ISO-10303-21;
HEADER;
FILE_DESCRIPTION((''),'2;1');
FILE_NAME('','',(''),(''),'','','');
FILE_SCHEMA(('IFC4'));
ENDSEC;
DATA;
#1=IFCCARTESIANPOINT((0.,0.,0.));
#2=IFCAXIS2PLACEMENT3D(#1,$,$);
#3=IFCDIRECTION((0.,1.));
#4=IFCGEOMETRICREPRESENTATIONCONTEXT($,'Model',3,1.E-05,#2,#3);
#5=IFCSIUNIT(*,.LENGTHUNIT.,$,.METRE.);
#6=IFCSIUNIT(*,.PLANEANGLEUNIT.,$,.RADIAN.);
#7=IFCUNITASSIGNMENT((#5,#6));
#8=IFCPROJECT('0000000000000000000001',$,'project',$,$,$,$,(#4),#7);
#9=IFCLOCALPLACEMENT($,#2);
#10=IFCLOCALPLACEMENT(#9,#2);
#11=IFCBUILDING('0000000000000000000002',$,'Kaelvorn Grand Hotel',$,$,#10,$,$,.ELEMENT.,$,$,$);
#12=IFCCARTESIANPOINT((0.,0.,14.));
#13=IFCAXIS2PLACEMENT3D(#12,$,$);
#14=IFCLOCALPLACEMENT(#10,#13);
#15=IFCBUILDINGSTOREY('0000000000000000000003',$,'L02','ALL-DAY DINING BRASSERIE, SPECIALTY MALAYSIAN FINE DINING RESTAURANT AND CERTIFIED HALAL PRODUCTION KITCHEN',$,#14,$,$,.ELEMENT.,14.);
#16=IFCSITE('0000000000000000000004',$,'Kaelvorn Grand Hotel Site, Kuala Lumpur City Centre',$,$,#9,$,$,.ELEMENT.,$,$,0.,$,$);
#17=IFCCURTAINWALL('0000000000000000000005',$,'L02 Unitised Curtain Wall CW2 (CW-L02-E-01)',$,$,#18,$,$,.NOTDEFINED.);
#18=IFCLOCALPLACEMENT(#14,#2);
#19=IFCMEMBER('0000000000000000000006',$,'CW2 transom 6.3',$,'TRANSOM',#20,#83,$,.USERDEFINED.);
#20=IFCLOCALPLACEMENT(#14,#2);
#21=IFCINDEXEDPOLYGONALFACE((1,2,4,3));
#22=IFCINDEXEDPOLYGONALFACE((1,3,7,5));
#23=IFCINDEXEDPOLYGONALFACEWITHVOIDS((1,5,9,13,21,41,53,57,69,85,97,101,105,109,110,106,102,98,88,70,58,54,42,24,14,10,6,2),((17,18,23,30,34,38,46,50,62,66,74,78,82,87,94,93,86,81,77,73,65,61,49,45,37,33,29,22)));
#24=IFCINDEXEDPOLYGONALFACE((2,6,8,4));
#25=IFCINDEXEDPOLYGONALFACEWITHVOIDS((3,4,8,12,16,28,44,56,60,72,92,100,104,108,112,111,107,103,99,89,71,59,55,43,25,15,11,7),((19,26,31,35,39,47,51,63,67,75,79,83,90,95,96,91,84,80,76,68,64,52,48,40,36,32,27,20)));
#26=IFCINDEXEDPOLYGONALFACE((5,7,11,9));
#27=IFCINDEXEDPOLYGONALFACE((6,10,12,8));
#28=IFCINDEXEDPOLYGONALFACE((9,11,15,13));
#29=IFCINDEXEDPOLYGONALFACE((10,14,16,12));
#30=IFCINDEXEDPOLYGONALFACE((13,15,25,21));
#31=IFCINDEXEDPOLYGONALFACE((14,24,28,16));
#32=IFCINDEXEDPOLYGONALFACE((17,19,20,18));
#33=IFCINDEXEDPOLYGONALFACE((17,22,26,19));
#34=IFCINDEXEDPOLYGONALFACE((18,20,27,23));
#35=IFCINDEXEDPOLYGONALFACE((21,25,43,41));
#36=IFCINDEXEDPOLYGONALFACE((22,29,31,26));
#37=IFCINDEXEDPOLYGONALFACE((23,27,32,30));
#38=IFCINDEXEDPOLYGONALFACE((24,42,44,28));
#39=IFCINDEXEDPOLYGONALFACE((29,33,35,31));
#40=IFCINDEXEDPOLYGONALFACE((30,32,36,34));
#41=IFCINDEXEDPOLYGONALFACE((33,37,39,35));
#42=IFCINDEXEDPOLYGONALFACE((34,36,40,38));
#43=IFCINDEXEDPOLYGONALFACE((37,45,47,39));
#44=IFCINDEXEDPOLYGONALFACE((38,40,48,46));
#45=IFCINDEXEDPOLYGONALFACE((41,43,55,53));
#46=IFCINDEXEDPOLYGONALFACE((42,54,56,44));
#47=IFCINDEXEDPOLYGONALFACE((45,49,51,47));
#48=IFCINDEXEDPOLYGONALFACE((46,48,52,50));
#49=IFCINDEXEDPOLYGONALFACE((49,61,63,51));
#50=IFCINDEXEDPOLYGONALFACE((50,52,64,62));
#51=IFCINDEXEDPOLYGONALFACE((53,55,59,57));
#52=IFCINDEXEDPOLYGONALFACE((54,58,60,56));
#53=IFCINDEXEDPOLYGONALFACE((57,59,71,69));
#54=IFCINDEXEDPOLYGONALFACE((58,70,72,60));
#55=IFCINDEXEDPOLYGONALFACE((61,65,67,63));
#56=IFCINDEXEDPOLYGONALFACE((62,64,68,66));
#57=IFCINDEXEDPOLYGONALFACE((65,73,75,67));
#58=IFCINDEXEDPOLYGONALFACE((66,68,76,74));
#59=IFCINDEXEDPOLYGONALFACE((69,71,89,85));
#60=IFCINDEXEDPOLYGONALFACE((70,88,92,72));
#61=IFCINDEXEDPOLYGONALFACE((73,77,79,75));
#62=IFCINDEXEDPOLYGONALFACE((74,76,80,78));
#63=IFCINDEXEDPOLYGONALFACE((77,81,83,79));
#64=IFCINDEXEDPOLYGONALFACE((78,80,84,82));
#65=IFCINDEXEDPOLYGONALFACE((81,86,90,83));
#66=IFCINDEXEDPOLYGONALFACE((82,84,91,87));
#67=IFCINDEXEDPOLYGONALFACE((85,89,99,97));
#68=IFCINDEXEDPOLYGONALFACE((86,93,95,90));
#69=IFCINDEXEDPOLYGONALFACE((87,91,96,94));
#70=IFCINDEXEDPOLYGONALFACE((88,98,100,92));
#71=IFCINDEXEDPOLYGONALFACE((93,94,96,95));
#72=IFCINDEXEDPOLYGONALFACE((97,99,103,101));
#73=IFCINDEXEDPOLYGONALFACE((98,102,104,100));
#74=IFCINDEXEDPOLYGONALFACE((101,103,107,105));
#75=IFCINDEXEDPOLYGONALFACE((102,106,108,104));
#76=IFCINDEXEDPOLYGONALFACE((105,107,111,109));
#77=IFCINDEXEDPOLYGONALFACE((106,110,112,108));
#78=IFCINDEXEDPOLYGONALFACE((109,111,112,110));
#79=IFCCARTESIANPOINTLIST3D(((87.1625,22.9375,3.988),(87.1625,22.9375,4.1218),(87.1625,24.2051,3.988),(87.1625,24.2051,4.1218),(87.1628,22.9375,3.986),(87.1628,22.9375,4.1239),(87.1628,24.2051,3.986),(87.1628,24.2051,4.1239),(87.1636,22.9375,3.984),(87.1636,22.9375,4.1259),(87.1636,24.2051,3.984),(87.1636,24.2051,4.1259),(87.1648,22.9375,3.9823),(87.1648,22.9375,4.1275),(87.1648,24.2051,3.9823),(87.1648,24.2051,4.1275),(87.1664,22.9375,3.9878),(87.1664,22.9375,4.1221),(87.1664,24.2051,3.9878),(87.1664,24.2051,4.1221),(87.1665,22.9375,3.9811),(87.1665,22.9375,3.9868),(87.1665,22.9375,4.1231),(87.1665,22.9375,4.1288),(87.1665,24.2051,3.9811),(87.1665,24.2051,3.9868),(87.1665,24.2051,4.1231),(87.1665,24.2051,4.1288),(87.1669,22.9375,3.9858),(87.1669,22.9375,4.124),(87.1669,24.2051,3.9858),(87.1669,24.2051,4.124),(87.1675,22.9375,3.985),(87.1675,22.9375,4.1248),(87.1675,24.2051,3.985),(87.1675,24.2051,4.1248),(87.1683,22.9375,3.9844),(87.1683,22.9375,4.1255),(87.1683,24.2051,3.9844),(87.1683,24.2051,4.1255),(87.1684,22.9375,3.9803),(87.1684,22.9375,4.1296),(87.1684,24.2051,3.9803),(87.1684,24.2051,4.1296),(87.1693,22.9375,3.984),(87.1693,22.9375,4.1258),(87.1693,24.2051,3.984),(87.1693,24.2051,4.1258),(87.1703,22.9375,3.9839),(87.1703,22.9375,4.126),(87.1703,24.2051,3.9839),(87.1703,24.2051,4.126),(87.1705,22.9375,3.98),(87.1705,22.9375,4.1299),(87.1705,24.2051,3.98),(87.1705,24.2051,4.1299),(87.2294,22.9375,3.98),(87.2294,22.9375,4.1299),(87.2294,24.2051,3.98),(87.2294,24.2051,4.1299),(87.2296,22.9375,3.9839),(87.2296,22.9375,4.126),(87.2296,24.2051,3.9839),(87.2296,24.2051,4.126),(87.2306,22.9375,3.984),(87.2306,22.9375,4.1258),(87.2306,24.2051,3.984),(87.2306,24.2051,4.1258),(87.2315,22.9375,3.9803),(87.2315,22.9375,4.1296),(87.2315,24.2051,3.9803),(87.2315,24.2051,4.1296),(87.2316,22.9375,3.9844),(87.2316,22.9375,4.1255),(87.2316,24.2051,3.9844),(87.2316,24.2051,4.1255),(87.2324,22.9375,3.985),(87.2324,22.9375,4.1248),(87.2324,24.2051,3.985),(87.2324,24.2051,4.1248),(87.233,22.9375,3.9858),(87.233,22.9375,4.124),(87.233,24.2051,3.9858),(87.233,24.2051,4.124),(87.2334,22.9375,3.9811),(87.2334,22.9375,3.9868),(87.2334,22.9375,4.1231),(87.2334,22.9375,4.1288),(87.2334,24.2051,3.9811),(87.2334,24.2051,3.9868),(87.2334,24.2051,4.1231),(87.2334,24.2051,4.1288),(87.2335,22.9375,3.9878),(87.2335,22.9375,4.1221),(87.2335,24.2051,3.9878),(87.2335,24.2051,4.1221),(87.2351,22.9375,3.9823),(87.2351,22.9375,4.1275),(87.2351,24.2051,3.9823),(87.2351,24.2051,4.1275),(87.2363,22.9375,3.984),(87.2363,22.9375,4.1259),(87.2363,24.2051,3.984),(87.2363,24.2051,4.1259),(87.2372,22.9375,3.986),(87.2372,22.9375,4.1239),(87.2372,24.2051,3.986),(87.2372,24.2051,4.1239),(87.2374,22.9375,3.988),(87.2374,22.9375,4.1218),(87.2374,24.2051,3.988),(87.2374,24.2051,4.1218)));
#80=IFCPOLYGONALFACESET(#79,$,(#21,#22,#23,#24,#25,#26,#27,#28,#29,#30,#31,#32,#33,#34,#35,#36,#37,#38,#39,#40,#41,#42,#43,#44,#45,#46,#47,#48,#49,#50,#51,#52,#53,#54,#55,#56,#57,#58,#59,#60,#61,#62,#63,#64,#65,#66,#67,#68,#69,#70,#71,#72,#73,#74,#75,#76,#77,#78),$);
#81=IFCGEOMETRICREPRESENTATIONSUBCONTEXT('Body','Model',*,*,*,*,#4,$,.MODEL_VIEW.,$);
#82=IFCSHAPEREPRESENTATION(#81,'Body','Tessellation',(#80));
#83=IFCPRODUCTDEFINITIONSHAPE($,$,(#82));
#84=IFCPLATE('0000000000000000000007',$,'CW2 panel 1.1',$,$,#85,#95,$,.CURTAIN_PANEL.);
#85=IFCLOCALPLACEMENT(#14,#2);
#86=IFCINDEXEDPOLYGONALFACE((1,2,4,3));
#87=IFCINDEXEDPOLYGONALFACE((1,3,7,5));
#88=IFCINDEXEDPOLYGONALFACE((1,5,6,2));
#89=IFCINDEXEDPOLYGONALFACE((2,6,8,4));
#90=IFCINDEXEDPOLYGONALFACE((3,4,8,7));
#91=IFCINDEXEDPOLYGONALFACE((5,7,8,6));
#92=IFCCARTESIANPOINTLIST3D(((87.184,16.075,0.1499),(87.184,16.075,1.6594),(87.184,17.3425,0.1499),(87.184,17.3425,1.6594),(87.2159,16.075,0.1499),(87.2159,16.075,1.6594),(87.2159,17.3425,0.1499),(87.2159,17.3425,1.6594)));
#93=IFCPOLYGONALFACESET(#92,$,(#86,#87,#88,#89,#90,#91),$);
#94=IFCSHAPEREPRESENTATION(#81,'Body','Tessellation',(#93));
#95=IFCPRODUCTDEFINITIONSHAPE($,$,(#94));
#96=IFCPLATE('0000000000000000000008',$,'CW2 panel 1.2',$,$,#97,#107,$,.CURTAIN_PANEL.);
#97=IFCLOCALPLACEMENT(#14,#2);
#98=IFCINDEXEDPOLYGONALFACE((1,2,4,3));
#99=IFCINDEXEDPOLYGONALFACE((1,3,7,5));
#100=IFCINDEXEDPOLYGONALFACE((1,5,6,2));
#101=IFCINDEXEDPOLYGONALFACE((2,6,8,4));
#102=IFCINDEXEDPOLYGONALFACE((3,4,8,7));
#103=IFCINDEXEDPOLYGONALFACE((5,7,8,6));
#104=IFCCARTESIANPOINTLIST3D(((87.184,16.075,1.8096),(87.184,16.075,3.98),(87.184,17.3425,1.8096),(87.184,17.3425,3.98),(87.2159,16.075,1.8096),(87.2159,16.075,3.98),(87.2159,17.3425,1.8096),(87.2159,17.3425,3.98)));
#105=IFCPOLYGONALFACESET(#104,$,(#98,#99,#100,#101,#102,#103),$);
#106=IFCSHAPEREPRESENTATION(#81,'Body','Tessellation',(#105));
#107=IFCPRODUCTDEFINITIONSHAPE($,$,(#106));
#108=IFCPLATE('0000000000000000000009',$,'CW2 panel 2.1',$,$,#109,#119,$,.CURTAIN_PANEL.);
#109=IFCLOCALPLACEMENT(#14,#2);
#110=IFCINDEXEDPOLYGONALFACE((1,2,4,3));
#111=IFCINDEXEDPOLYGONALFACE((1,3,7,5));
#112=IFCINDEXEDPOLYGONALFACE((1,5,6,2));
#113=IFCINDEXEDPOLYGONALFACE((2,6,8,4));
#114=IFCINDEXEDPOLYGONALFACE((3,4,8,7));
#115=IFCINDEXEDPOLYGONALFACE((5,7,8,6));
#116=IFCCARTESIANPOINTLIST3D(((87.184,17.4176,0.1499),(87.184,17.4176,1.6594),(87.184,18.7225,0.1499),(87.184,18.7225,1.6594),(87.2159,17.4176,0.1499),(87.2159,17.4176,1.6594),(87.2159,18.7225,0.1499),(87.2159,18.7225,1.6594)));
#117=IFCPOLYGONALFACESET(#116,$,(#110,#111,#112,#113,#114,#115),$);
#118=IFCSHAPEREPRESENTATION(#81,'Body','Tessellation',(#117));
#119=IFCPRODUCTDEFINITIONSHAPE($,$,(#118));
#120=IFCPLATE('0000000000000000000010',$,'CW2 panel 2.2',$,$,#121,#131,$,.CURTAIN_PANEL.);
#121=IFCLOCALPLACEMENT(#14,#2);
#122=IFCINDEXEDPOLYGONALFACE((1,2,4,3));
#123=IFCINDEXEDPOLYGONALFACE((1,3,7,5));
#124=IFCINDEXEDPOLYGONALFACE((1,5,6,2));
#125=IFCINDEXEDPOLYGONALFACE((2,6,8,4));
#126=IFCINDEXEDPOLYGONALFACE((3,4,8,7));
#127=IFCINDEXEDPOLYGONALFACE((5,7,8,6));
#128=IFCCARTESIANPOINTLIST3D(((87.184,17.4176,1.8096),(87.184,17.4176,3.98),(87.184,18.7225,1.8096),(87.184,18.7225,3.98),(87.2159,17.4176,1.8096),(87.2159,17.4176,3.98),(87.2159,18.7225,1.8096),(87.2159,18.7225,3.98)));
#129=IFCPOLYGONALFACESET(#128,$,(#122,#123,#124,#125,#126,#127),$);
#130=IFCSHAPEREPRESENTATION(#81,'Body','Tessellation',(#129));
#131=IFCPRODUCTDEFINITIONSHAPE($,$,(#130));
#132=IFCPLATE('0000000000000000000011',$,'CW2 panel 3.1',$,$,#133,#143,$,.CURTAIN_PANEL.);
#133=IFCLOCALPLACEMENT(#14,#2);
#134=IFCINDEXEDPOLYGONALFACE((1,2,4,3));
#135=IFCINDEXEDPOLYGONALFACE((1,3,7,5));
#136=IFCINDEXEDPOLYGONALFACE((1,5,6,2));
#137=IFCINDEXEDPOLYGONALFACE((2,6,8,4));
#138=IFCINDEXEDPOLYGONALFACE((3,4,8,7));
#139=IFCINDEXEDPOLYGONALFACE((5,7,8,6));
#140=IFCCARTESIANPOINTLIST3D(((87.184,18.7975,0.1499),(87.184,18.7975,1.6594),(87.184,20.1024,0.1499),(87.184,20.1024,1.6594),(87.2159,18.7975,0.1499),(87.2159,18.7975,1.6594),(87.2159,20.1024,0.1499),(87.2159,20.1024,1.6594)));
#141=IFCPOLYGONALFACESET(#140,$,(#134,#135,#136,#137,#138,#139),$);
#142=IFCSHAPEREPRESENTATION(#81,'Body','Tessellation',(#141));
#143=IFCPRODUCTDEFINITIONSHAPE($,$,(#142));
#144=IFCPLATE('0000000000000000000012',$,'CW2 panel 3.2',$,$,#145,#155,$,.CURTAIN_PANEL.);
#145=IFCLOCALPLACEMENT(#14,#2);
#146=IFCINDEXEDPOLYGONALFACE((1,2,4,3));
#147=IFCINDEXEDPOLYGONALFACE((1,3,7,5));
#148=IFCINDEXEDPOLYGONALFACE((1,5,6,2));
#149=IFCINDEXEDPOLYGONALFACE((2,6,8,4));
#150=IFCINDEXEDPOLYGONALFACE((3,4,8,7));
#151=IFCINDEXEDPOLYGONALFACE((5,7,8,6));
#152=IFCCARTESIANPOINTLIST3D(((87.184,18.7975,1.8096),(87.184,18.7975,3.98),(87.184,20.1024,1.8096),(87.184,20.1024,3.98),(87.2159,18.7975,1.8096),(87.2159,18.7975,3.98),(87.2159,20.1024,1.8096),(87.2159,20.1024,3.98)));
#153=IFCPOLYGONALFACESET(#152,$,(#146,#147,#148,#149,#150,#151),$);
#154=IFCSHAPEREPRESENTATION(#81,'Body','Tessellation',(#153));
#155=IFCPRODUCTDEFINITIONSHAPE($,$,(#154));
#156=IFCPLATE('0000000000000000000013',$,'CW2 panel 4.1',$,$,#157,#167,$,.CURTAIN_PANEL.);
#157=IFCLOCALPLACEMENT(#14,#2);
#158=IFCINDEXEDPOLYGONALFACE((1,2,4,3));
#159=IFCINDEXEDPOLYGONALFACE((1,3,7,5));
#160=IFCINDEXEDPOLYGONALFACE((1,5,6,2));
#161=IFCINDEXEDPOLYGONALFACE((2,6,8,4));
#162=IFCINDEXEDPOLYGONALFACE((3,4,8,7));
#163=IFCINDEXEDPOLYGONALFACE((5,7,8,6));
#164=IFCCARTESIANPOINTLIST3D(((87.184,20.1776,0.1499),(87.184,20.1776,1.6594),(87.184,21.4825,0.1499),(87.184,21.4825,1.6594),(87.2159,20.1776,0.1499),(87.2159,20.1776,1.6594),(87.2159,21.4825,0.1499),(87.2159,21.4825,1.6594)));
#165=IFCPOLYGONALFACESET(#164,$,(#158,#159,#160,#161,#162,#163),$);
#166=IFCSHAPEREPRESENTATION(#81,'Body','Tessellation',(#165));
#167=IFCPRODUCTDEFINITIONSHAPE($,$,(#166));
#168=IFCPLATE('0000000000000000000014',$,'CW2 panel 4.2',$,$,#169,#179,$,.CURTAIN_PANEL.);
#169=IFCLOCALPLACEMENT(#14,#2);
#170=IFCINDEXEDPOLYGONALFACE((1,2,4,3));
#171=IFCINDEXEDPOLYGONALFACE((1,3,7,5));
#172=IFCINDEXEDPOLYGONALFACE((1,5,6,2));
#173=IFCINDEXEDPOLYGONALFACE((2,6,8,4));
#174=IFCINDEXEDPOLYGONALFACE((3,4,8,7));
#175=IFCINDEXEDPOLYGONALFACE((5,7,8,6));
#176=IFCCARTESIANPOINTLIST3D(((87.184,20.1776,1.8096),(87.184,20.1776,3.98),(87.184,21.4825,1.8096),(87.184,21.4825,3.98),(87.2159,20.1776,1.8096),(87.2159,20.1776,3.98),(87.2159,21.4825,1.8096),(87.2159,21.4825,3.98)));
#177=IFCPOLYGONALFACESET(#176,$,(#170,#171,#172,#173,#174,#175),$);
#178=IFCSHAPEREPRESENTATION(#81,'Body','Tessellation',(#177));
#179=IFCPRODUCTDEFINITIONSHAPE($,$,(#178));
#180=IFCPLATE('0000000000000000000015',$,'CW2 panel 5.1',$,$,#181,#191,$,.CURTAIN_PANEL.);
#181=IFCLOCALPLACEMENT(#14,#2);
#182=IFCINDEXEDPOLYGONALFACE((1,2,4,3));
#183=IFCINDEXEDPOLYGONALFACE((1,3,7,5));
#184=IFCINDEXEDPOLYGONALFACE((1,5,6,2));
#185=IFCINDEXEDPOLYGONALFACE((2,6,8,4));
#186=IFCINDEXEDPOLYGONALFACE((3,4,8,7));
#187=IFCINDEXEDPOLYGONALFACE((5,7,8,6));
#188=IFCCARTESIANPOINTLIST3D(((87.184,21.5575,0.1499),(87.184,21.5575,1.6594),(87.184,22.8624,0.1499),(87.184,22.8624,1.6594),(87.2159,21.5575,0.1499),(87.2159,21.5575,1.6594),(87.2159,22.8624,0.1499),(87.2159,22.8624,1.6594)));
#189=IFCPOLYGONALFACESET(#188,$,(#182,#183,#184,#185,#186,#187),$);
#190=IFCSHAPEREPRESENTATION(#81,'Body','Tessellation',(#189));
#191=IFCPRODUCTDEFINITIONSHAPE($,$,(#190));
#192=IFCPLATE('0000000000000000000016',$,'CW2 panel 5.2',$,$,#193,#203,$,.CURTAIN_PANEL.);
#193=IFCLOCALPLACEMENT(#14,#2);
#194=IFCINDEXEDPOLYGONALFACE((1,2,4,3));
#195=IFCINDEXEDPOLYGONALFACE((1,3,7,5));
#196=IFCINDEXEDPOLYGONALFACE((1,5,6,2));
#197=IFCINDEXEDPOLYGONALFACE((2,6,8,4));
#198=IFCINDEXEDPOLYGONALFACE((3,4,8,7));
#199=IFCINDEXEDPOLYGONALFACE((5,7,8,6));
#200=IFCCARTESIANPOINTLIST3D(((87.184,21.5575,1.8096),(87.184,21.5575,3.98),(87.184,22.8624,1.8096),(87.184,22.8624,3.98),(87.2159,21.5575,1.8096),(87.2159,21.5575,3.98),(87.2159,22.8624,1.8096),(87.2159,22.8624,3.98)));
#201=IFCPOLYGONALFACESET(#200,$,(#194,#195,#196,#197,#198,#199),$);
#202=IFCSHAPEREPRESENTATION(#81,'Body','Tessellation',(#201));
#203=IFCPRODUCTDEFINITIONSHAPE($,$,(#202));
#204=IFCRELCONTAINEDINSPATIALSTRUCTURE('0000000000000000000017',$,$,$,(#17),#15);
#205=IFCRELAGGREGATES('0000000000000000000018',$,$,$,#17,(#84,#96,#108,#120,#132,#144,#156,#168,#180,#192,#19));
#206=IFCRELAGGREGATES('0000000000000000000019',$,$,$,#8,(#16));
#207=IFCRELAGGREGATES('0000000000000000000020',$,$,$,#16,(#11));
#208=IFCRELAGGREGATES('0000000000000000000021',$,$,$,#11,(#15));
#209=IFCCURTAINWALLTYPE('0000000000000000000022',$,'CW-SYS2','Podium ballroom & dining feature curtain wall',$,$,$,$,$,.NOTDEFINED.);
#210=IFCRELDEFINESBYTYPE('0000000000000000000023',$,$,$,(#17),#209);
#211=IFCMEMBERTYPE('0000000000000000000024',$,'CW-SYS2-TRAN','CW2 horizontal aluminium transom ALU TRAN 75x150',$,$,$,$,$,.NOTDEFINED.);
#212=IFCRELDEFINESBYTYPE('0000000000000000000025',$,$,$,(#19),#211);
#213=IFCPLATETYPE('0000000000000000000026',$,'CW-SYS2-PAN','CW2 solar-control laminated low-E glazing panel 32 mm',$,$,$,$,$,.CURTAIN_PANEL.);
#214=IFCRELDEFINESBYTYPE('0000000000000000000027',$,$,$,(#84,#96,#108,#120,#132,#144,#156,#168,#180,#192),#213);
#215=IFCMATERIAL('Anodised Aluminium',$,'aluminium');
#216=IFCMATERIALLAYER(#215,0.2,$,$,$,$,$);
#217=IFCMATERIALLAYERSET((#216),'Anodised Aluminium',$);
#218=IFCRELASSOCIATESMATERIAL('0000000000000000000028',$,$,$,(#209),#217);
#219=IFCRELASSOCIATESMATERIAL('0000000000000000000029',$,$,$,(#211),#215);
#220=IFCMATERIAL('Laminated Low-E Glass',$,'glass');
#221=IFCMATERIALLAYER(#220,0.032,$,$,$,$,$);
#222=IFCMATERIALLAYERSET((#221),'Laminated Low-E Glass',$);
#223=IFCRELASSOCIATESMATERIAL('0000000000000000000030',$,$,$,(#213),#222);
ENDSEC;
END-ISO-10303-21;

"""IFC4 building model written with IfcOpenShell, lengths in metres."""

from ifc_helpers import new_model, si_unit, direction, frame, origin, origin_2d, place, context, subcontext, project, spatial, rectangle, hollow_rectangle, extrude, material, layer, layer_set, material_profile, profile_set, type_object, element, aggregate, save


model = new_model("IFC4")

# Units and contexts
model_context = context("Model", 3, precision=1e-05, world=origin(), true_north=direction((0.0, 1.0)))
body_context = subcontext(model_context, "Body", "Model", "MODEL_VIEW")
ifc_project = project(units=[si_unit("LENGTHUNIT", "METRE"), si_unit("PLANEANGLEUNIT", "RADIAN")], contexts=[model_context])

# Site, building, storey
site_placement = place(None, origin())
site = spatial("IfcSite", under=ifc_project, at=site_placement, Name="Kaelvorn Grand Hotel Site, Kuala Lumpur City Centre", CompositionType="ELEMENT", RefElevation=0.0)
building_placement = place(site_placement, origin())
building = spatial("IfcBuilding", under=site, at=building_placement, Name="Kaelvorn Grand Hotel", CompositionType="ELEMENT")
storey_placement = place(building_placement, frame((0.0, 0.0, 14.0)))
storey = spatial("IfcBuildingStorey", under=building, at=storey_placement, Name="L02", Description="ALL-DAY DINING BRASSERIE, SPECIALTY MALAYSIAN FINE DINING RESTAURANT AND CERTIFIED HALAL PRODUCTION KITCHEN", CompositionType="ELEMENT", Elevation=14.0)

# Curtain wall, member, plates
ifc_material_1 = material(Name="Anodised Aluminium", Category="aluminium")
ifc_layer_1 = layer(ifc_material_1, 0.2)
ifc_layer_set_1 = layer_set([ifc_layer_1], Name="Anodised Aluminium")
curtain_wall_type = type_object("IfcCurtainWallType", Name="CW-SYS2", Description="Podium ballroom & dining feature curtain wall", PredefinedType="NOTDEFINED", material=ifc_layer_set_1)
curtain_wall_placement = place(storey_placement, origin())
curtain_wall = element("IfcCurtainWall", 1, at=curtain_wall_placement, inside=storey, type_object=curtain_wall_type, Name="L02 Unitised Curtain Wall CW2 (CW-L02-E-01)", PredefinedType="NOTDEFINED")
ifc_material_profile_1 = material_profile(ifc_material_1, hollow_rectangle(XDim=0.075, YDim=0.1499, WallThickness=0.0039, InnerFilletRadius=0.0039, OuterFilletRadius=0.0081, at=origin_2d()), Name="ALU TRAN 75x150")
ifc_profile_set_1 = profile_set([ifc_material_profile_1], Name="Anodised Aluminium")
member_type_1 = type_object("IfcMemberType", Name="CW-SYS2-TRAN", Description="CW2 horizontal aluminium transom ALU TRAN 75x150", PredefinedType="NOTDEFINED", material=ifc_profile_set_1)
member_1_placement = place(storey_placement, frame((87.2, 22.9375, 4.0549), z_axis=(0.0, 1.0, 0.0), x_axis=(-1.0, 0.0, 0.0)))
member_1 = element("IfcMember", 2, at=member_1_placement, type_object=member_type_1, Name="CW2 transom 6.3", ObjectType="TRANSOM", PredefinedType="USERDEFINED", context=body_context, shape_type="SweptSolid", body=[
    extrude(hollow_rectangle(XDim=0.075, YDim=0.1499, WallThickness=0.0039, InnerFilletRadius=0.0039, OuterFilletRadius=0.0081, at=origin_2d()), origin(), (0.0, 0.0, 1.0), 1.2676),
])
ifc_material_2 = material(Name="Laminated Low-E Glass", Category="glass")
ifc_layer_2 = layer(ifc_material_2, 0.032)
ifc_layer_set_2 = layer_set([ifc_layer_2], Name="Laminated Low-E Glass")
plate_type = type_object("IfcPlateType", Name="CW-SYS2-PAN", Description="CW2 solar-control laminated low-E glazing panel 32 mm", PredefinedType="CURTAIN_PANEL", material=ifc_layer_set_2)
plate_1_placement = place(storey_placement, frame((87.2, 16.7087, 0.1499), z_axis=(0.0, 0.0, 1.0), x_axis=(0.0, 1.0, 0.0)))
plate_1 = element("IfcPlate", 3, at=plate_1_placement, type_object=plate_type, Name="CW2 panel 1.1", PredefinedType="CURTAIN_PANEL", context=body_context, shape_type="SweptSolid", body=[
    extrude(rectangle(XDim=1.2676, YDim=0.032, at=origin_2d()), origin(), (0.0, 0.0, 1.0), 1.5095),
])
plate_2_placement = place(storey_placement, frame((87.2, 16.7087, 1.8096), z_axis=(0.0, 0.0, 1.0), x_axis=(0.0, 1.0, 0.0)))
plate_2 = element("IfcPlate", 4, at=plate_2_placement, type_object=plate_type, Name="CW2 panel 1.2", PredefinedType="CURTAIN_PANEL", context=body_context, shape_type="SweptSolid", body=[
    extrude(rectangle(XDim=1.2676, YDim=0.032, at=origin_2d()), origin(), (0.0, 0.0, 1.0), 2.1704),
])
plate_3_placement = place(storey_placement, frame((87.2, 18.0701, 0.1499), z_axis=(0.0, 0.0, 1.0), x_axis=(0.0, 1.0, 0.0)))
plate_3 = element("IfcPlate", 5, at=plate_3_placement, type_object=plate_type, Name="CW2 panel 2.1", PredefinedType="CURTAIN_PANEL", context=body_context, shape_type="SweptSolid", body=[
    extrude(rectangle(XDim=1.3049, YDim=0.032, at=origin_2d()), origin(), (0.0, 0.0, 1.0), 1.5095),
])
plate_4_placement = place(storey_placement, frame((87.2, 18.0701, 1.8096), z_axis=(0.0, 0.0, 1.0), x_axis=(0.0, 1.0, 0.0)))
plate_4 = element("IfcPlate", 6, at=plate_4_placement, type_object=plate_type, Name="CW2 panel 2.2", PredefinedType="CURTAIN_PANEL", context=body_context, shape_type="SweptSolid", body=[
    extrude(rectangle(XDim=1.3049, YDim=0.032, at=origin_2d()), origin(), (0.0, 0.0, 1.0), 2.1704),
])
plate_5_placement = place(storey_placement, frame((87.2, 19.45, 0.1499), z_axis=(0.0, 0.0, 1.0), x_axis=(0.0, 1.0, 0.0)))
plate_5 = element("IfcPlate", 7, at=plate_5_placement, type_object=plate_type, Name="CW2 panel 3.1", PredefinedType="CURTAIN_PANEL", context=body_context, shape_type="SweptSolid", body=[
    extrude(rectangle(XDim=1.3049, YDim=0.032, at=origin_2d()), origin(), (0.0, 0.0, 1.0), 1.5095),
])
plate_6_placement = place(storey_placement, frame((87.2, 19.45, 1.8096), z_axis=(0.0, 0.0, 1.0), x_axis=(0.0, 1.0, 0.0)))
plate_6 = element("IfcPlate", 8, at=plate_6_placement, type_object=plate_type, Name="CW2 panel 3.2", PredefinedType="CURTAIN_PANEL", context=body_context, shape_type="SweptSolid", body=[
    extrude(rectangle(XDim=1.3049, YDim=0.032, at=origin_2d()), origin(), (0.0, 0.0, 1.0), 2.1704),
])
plate_7_placement = place(storey_placement, frame((87.2, 20.8301, 0.1499), z_axis=(0.0, 0.0, 1.0), x_axis=(0.0, 1.0, 0.0)))
plate_7 = element("IfcPlate", 9, at=plate_7_placement, type_object=plate_type, Name="CW2 panel 4.1", PredefinedType="CURTAIN_PANEL", context=body_context, shape_type="SweptSolid", body=[
    extrude(rectangle(XDim=1.3049, YDim=0.032, at=origin_2d()), origin(), (0.0, 0.0, 1.0), 1.5095),
])
plate_8_placement = place(storey_placement, frame((87.2, 20.8301, 1.8096), z_axis=(0.0, 0.0, 1.0), x_axis=(0.0, 1.0, 0.0)))
plate_8 = element("IfcPlate", 10, at=plate_8_placement, type_object=plate_type, Name="CW2 panel 4.2", PredefinedType="CURTAIN_PANEL", context=body_context, shape_type="SweptSolid", body=[
    extrude(rectangle(XDim=1.3049, YDim=0.032, at=origin_2d()), origin(), (0.0, 0.0, 1.0), 2.1704),
])
plate_9_placement = place(storey_placement, frame((87.2, 22.21, 0.1499), z_axis=(0.0, 0.0, 1.0), x_axis=(0.0, 1.0, 0.0)))
plate_9 = element("IfcPlate", 11, at=plate_9_placement, type_object=plate_type, Name="CW2 panel 5.1", PredefinedType="CURTAIN_PANEL", context=body_context, shape_type="SweptSolid", body=[
    extrude(rectangle(XDim=1.3049, YDim=0.032, at=origin_2d()), origin(), (0.0, 0.0, 1.0), 1.5095),
])
plate_10_placement = place(storey_placement, frame((87.2, 22.21, 1.8096), z_axis=(0.0, 0.0, 1.0), x_axis=(0.0, 1.0, 0.0)))
plate_10 = element("IfcPlate", 12, at=plate_10_placement, type_object=plate_type, Name="CW2 panel 5.2", PredefinedType="CURTAIN_PANEL", context=body_context, shape_type="SweptSolid", body=[
    extrude(rectangle(XDim=1.3049, YDim=0.032, at=origin_2d()), origin(), (0.0, 0.0, 1.0), 2.1704),
])
aggregate(curtain_wall, [plate_1, plate_2, plate_3, plate_4, plate_5, plate_6, plate_7, plate_8, plate_9, plate_10, member_1])

save(model, "model.ifc")
